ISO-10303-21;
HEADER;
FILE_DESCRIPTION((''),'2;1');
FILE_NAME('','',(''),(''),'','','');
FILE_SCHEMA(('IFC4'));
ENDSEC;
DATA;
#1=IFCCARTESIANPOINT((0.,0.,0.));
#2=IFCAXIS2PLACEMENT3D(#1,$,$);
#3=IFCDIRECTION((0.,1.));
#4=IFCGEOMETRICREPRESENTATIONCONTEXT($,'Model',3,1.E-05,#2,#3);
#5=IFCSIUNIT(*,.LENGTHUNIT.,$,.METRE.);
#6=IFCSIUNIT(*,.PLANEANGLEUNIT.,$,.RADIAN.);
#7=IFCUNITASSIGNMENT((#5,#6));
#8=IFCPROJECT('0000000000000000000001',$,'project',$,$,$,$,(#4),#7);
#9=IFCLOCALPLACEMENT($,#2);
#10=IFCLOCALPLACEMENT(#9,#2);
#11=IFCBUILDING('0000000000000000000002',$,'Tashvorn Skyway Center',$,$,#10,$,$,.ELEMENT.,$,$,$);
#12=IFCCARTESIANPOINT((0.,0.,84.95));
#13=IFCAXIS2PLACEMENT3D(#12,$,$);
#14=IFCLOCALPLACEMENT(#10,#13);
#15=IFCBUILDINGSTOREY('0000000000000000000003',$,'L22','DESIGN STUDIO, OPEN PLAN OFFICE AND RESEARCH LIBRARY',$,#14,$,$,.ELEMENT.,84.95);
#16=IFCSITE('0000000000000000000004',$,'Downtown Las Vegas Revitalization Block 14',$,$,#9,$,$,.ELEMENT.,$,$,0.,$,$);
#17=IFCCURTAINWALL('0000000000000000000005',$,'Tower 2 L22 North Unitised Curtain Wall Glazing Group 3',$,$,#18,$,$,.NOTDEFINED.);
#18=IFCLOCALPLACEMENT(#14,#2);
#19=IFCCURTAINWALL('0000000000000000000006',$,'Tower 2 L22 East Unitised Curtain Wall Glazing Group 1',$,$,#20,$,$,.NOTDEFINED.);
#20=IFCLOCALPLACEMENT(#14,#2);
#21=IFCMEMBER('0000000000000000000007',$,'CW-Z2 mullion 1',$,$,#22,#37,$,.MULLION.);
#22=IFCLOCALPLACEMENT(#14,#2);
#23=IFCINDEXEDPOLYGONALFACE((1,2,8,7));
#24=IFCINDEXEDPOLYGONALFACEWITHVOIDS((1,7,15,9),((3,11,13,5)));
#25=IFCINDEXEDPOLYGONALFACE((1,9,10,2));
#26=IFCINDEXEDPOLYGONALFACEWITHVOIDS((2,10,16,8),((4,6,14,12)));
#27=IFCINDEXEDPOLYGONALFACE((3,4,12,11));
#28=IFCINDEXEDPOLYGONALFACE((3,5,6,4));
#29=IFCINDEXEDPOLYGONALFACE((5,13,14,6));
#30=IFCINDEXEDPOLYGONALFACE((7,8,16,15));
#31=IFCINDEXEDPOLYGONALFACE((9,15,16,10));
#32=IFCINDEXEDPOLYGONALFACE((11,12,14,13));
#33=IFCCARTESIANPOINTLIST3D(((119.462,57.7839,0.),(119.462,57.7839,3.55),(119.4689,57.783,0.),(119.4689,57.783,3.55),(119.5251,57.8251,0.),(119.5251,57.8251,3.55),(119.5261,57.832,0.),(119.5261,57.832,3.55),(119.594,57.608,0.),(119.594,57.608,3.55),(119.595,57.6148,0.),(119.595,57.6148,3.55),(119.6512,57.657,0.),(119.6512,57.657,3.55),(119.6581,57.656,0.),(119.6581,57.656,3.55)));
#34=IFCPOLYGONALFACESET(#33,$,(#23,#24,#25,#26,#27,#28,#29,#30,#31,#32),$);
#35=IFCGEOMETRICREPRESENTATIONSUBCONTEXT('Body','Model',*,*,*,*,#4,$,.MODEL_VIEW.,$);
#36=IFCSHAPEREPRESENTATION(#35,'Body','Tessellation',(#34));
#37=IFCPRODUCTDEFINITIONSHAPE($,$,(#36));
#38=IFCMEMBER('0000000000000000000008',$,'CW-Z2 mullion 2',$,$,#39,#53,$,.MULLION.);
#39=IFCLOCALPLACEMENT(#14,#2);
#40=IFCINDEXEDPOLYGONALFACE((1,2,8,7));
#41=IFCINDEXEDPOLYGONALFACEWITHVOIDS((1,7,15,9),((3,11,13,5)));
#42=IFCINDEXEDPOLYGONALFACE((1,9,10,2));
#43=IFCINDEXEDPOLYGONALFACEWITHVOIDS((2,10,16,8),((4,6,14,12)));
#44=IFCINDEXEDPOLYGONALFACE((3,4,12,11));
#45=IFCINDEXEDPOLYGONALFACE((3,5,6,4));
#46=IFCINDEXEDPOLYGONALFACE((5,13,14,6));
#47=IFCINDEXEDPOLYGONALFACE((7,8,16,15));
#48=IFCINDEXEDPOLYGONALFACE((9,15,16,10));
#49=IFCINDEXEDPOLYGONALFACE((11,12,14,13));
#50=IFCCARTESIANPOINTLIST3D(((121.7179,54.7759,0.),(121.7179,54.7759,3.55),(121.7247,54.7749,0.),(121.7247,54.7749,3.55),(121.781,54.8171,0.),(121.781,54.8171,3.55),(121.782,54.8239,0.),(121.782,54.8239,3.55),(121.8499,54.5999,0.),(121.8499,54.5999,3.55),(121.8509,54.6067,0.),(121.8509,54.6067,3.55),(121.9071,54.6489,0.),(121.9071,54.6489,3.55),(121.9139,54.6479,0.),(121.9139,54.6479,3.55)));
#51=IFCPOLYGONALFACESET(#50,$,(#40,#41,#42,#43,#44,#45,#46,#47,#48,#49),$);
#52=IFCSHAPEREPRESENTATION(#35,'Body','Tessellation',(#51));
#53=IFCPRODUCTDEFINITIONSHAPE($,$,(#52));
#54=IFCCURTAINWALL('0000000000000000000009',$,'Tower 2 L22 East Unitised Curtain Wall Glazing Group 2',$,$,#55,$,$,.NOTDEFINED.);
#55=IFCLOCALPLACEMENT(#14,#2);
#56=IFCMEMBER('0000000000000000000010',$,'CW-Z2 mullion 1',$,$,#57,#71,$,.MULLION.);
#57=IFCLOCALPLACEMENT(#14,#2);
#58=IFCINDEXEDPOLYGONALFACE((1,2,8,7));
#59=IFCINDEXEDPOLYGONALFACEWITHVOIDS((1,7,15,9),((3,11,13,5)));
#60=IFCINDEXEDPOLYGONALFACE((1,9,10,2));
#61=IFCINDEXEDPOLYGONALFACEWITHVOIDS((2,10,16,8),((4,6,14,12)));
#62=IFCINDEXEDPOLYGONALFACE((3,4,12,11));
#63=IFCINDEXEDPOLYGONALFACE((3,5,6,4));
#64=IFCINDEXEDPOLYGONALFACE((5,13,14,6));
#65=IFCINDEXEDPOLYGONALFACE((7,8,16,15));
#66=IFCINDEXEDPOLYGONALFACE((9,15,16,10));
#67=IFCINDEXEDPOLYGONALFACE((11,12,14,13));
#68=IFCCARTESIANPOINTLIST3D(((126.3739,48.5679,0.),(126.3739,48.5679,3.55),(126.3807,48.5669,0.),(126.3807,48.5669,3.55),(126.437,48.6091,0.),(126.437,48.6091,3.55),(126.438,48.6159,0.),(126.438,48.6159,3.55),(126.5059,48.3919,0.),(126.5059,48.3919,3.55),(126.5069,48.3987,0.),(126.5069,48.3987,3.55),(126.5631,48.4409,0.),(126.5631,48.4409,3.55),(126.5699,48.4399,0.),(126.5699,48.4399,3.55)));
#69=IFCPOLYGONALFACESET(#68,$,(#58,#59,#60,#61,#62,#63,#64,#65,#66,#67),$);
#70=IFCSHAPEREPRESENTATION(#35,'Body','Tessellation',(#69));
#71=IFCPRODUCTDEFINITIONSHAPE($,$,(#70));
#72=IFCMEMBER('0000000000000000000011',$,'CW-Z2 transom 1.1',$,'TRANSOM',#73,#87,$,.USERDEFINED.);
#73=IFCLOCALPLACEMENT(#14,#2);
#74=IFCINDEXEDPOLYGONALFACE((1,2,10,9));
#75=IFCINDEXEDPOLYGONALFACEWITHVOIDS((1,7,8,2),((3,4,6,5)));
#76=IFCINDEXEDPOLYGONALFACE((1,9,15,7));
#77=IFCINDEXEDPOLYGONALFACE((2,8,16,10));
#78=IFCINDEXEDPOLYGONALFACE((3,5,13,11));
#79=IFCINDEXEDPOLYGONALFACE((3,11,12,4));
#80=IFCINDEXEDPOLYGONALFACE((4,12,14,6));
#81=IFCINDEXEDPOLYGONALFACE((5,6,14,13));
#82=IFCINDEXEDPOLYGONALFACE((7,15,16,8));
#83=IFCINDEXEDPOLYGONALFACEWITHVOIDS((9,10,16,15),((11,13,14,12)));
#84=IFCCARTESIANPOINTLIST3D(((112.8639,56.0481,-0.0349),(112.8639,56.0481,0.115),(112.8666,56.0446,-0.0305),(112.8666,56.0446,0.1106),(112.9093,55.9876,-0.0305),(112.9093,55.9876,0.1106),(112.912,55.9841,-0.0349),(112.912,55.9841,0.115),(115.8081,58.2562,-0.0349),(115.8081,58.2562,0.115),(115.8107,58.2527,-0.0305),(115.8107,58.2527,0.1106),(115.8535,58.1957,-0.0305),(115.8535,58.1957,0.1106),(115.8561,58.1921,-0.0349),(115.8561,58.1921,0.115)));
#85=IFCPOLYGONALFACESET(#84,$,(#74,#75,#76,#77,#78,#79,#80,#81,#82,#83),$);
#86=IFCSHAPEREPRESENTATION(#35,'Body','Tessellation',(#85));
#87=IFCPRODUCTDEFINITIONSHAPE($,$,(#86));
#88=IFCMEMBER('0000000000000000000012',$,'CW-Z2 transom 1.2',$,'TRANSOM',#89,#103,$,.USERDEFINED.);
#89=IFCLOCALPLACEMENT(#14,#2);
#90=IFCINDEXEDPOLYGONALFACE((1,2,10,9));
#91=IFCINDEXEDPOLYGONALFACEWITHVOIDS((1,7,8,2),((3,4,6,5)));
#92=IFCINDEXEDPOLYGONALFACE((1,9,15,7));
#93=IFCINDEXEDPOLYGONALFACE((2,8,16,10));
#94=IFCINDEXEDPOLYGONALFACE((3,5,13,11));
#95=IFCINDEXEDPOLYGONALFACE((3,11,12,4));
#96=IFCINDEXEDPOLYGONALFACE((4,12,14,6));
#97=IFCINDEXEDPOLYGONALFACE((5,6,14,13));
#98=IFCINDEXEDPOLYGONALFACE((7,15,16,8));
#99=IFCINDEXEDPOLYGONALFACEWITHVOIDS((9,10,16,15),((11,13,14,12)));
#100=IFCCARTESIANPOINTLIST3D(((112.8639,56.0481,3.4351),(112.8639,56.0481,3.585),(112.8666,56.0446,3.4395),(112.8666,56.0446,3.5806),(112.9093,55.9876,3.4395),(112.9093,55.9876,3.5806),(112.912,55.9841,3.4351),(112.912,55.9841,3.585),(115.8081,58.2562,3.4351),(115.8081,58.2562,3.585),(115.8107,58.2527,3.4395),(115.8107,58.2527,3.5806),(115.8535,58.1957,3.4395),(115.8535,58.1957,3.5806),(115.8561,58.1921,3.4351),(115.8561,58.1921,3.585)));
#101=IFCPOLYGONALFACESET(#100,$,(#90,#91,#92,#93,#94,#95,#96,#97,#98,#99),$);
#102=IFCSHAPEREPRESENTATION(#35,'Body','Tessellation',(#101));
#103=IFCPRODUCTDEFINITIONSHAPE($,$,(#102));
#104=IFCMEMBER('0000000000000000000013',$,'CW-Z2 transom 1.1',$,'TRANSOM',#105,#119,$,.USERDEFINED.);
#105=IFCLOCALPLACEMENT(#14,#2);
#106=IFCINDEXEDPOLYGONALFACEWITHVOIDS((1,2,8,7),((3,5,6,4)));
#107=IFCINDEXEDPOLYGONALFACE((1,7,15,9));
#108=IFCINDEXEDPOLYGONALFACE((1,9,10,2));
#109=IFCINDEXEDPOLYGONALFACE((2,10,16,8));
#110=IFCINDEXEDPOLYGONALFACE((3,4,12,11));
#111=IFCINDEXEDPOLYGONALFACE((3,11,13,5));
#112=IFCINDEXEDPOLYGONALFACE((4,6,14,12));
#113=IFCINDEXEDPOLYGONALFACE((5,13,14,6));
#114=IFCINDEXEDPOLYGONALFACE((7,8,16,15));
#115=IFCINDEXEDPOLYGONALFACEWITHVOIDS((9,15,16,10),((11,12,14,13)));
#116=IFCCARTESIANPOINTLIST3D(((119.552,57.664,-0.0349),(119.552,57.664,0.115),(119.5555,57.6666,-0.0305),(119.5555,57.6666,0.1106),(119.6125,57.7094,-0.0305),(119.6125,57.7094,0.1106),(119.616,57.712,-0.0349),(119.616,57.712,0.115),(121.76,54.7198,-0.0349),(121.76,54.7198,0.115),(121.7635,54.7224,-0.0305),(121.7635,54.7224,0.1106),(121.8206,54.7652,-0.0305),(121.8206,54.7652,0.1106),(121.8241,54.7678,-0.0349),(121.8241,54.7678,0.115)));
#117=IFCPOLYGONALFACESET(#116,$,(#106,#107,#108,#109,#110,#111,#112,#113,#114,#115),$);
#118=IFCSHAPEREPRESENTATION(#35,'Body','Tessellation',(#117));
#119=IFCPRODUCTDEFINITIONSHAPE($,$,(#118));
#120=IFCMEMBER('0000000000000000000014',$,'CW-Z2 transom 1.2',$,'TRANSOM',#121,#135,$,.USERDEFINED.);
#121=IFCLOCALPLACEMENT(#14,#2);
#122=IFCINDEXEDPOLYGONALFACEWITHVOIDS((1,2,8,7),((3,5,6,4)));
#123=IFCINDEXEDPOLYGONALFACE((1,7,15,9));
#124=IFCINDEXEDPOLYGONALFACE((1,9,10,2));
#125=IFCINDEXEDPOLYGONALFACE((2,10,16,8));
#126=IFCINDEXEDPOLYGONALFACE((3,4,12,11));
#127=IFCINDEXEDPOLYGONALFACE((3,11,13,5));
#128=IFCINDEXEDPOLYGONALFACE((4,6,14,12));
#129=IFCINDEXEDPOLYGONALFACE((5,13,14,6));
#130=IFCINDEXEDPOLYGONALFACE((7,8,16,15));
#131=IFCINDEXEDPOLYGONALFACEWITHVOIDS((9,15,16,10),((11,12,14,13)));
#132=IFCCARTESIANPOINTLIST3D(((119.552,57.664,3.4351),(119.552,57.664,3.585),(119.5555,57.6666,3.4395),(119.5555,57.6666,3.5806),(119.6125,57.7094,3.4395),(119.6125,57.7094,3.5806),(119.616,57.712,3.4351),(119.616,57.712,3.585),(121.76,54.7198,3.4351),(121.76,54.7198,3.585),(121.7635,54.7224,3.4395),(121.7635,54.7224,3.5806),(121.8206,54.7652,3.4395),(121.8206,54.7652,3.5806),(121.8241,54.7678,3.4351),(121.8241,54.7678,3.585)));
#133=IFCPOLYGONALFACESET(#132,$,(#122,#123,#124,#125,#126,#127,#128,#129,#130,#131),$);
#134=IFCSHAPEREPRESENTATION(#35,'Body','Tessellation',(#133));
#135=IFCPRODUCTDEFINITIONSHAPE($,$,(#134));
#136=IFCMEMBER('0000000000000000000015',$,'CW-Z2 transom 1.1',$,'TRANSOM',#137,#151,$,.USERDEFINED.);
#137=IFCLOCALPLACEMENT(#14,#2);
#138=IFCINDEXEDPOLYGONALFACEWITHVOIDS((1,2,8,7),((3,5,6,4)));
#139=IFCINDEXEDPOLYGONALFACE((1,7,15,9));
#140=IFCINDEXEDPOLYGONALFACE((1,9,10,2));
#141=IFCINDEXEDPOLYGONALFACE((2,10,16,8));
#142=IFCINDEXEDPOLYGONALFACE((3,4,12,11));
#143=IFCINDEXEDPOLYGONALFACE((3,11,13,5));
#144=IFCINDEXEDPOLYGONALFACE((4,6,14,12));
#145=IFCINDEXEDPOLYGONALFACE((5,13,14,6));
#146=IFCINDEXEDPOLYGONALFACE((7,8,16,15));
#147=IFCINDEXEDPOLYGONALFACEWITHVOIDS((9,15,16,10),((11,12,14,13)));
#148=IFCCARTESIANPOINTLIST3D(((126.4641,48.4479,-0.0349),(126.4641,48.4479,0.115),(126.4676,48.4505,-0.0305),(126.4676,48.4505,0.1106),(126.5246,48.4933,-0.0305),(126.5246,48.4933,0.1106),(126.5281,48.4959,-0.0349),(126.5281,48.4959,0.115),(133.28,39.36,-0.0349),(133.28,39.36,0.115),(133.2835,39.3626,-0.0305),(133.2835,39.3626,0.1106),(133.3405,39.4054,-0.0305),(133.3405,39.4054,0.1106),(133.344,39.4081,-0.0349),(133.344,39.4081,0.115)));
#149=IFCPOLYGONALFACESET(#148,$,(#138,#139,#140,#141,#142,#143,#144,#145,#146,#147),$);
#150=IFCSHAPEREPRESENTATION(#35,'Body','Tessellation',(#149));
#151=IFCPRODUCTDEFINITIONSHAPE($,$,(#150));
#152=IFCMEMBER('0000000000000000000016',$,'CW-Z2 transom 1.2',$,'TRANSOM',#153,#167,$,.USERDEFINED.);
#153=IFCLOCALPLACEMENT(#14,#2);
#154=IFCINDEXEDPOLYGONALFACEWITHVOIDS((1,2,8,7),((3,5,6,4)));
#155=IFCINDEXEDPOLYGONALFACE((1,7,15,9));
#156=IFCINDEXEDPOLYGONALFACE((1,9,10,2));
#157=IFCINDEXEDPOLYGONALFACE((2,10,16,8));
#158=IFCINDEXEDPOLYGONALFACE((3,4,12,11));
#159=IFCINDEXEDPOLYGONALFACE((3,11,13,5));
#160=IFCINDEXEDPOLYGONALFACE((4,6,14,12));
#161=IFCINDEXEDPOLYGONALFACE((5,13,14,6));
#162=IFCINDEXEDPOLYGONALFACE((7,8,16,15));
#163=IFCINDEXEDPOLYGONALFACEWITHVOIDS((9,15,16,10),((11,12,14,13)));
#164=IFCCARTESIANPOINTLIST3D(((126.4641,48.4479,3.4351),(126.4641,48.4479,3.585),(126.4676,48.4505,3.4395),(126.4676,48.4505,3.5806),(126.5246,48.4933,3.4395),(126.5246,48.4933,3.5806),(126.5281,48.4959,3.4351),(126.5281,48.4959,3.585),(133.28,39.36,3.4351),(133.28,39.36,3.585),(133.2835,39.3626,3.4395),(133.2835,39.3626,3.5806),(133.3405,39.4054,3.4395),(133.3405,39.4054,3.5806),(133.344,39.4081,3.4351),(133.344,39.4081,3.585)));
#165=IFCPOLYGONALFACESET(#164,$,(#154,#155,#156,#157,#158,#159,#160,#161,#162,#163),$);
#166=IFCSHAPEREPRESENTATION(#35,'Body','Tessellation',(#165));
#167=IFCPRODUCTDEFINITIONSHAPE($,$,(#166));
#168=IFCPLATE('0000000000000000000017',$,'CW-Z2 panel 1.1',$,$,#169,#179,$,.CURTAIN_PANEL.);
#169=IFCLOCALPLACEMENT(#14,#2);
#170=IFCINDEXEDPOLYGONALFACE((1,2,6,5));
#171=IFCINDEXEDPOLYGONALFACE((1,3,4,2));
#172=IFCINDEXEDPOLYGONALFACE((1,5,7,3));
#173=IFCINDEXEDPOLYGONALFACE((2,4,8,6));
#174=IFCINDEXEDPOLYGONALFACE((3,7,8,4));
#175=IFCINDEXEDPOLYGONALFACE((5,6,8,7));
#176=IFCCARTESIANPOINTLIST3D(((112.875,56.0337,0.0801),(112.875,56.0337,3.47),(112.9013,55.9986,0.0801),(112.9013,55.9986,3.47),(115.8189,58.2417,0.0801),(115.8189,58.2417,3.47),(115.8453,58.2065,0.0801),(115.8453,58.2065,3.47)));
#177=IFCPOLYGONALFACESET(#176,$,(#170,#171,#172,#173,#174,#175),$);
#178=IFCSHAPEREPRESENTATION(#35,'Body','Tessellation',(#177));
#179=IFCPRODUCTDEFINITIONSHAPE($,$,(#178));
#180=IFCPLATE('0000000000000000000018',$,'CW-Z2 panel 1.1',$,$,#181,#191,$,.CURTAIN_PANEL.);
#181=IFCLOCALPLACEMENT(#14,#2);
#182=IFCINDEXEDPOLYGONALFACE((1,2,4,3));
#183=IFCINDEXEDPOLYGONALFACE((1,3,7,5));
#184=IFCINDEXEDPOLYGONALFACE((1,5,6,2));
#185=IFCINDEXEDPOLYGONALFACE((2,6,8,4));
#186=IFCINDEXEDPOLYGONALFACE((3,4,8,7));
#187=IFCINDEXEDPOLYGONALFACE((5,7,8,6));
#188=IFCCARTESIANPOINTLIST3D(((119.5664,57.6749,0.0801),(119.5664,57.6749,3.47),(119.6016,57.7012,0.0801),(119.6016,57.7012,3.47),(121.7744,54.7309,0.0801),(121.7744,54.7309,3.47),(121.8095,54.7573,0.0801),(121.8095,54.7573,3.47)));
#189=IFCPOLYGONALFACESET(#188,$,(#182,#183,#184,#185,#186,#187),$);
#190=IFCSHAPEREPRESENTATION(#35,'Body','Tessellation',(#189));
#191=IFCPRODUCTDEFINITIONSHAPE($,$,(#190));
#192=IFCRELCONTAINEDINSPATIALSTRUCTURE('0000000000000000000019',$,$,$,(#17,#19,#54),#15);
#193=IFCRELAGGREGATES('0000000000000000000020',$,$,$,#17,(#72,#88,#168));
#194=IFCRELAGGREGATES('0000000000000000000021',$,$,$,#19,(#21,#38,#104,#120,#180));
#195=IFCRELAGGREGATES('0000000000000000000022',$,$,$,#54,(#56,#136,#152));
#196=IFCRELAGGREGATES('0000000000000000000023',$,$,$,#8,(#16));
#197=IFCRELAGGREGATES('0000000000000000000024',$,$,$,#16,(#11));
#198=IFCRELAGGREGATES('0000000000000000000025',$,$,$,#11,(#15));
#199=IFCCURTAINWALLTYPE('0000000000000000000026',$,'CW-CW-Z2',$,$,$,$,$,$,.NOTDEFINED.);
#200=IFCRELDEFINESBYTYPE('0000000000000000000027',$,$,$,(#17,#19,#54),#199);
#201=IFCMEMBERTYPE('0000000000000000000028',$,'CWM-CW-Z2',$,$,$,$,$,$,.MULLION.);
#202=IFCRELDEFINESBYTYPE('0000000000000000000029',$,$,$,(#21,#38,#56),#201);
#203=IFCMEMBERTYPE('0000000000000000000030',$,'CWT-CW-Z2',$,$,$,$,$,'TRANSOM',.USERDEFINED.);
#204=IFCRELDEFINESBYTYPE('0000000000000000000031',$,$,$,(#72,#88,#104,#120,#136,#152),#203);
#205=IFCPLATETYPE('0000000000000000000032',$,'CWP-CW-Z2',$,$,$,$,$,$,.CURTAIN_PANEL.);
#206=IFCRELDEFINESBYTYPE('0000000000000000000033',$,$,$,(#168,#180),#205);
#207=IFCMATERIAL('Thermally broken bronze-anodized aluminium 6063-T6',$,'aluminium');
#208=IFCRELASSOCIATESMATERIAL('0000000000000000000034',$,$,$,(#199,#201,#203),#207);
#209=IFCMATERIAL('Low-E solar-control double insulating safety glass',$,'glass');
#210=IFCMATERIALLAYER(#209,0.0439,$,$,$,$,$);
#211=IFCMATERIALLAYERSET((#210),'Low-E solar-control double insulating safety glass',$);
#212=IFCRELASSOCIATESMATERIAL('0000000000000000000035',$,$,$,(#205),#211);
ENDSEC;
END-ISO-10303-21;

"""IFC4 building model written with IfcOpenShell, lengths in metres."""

from ifc_helpers import new_model, si_unit, direction, frame, origin, origin_2d, place, context, subcontext, project, spatial, rectangle, hollow_rectangle, extrude, material, layer, layer_set, material_profile, profile_set, type_object, element, aggregate, save


model = new_model("IFC4")

# Units and contexts
model_context = context("Model", 3, precision=1e-05, world=origin(), true_north=direction((0.0, 1.0)))
body_context = subcontext(model_context, "Body", "Model", "MODEL_VIEW")
ifc_project = project(units=[si_unit("LENGTHUNIT", "METRE"), si_unit("PLANEANGLEUNIT", "RADIAN")], contexts=[model_context])

# Site, building, storey
site_placement = place(None, origin())
site = spatial("IfcSite", under=ifc_project, at=site_placement, Name="Downtown Las Vegas Revitalization Block 14", CompositionType="ELEMENT", RefElevation=0.0)
building_placement = place(site_placement, origin())
building = spatial("IfcBuilding", under=site, at=building_placement, Name="Tashvorn Skyway Center", CompositionType="ELEMENT")
storey_placement = place(building_placement, frame((0.0, 0.0, 84.95)))
storey = spatial("IfcBuildingStorey", under=building, at=storey_placement, Name="L22", Description="DESIGN STUDIO, OPEN PLAN OFFICE AND RESEARCH LIBRARY", CompositionType="ELEMENT", Elevation=84.95)

# Curtain walls, members
ifc_material_1 = material(Name="Thermally broken bronze-anodized aluminium 6063-T6", Category="aluminium")
curtain_wall_type = type_object("IfcCurtainWallType", Name="CW-CW-Z2", PredefinedType="NOTDEFINED", material=ifc_material_1)
curtain_wall_1_placement = place(storey_placement, origin())
curtain_wall_1 = element("IfcCurtainWall", 1, at=curtain_wall_1_placement, inside=storey, type_object=curtain_wall_type, Name="Tower 2 L22 North Unitised Curtain Wall Glazing Group 3", PredefinedType="NOTDEFINED")
ifc_material_profile_1 = material_profile(ifc_material_1, hollow_rectangle(XDim=0.0801, YDim=0.22, WallThickness=0.0049, at=origin_2d()), Name="ALU-MULL-80x220")
ifc_profile_set_1 = profile_set([ifc_material_profile_1], Name="Thermally broken bronze-anodized aluminium 6063-T6")
member_type_1 = type_object("IfcMemberType", Name="CWM-CW-Z2", PredefinedType="MULLION", material=ifc_profile_set_1)
curtain_wall_2_placement = place(storey_placement, origin())
curtain_wall_2 = element("IfcCurtainWall", 2, at=curtain_wall_2_placement, inside=storey, type_object=curtain_wall_type, Name="Tower 2 L22 East Unitised Curtain Wall Glazing Group 1", PredefinedType="NOTDEFINED")
member_1_placement = place(storey_placement, frame((119.5601, 57.72, 0.0), z_axis=(0.0, 0.0, 1.0), x_axis=(0.8, 0.6, 0.0)))
member_1 = element("IfcMember", 3, at=member_1_placement, type_object=member_type_1, Name="CW-Z2 mullion 1", PredefinedType="MULLION", context=body_context, shape_type="SweptSolid", body=[
    extrude(hollow_rectangle(XDim=0.0801, YDim=0.22, WallThickness=0.0049, at=origin_2d()), origin(), (0.0, 0.0, 1.0), 3.55),
])
member_2_placement = place(storey_placement, frame((121.8159, 54.7119, 0.0), z_axis=(0.0, 0.0, 1.0), x_axis=(0.8, 0.6, 0.0)))
member_2 = element("IfcMember", 4, at=member_2_placement, type_object=member_type_1, Name="CW-Z2 mullion 2", PredefinedType="MULLION", context=body_context, shape_type="SweptSolid", body=[
    extrude(hollow_rectangle(XDim=0.0801, YDim=0.22, WallThickness=0.0049, at=origin_2d()), origin(), (0.0, 0.0, 1.0), 3.55),
])

# Curtain wall, member
curtain_wall_3_placement = place(storey_placement, origin())
curtain_wall_3 = element("IfcCurtainWall", 5, at=curtain_wall_3_placement, inside=storey, type_object=curtain_wall_type, Name="Tower 2 L22 East Unitised Curtain Wall Glazing Group 2", PredefinedType="NOTDEFINED")
member_3_placement = place(storey_placement, frame((126.4719, 48.5039, 0.0), z_axis=(0.0, 0.0, 1.0), x_axis=(0.8, 0.6, 0.0)))
member_3 = element("IfcMember", 6, at=member_3_placement, type_object=member_type_1, Name="CW-Z2 mullion 1", PredefinedType="MULLION", context=body_context, shape_type="SweptSolid", body=[
    extrude(hollow_rectangle(XDim=0.0801, YDim=0.22, WallThickness=0.0049, at=origin_2d()), origin(), (0.0, 0.0, 1.0), 3.55),
])

# Members
ifc_material_profile_2 = material_profile(ifc_material_1, hollow_rectangle(XDim=0.0801, YDim=0.1499, WallThickness=0.0044, at=origin_2d()), Name="ALU-TRAN-80x150")
ifc_profile_set_2 = profile_set([ifc_material_profile_2], Name="Thermally broken bronze-anodized aluminium 6063-T6")
member_type_2 = type_object("IfcMemberType", Name="CWT-CW-Z2", ElementType="TRANSOM", PredefinedType="USERDEFINED", material=ifc_profile_set_2)
member_4_placement = place(storey_placement, frame((112.8879, 56.0161, 0.04), z_axis=(0.800008, 0.599989, 0.0), x_axis=(-0.599989, 0.800008, 0.0)))
member_4 = element("IfcMember", 7, at=member_4_placement, type_object=member_type_2, Name="CW-Z2 transom 1.1", ObjectType="TRANSOM", PredefinedType="USERDEFINED", context=body_context, shape_type="SweptSolid", body=[
    extrude(hollow_rectangle(XDim=0.0801, YDim=0.1499, WallThickness=0.0044, at=origin_2d()), origin(), (0.0, 0.0, 1.0), 3.6802),
])
member_5_placement = place(storey_placement, frame((112.8879, 56.0161, 3.51), z_axis=(0.800008, 0.599989, 0.0), x_axis=(-0.599989, 0.800008, 0.0)))
member_5 = element("IfcMember", 8, at=member_5_placement, type_object=member_type_2, Name="CW-Z2 transom 1.2", ObjectType="TRANSOM", PredefinedType="USERDEFINED", context=body_context, shape_type="SweptSolid", body=[
    extrude(hollow_rectangle(XDim=0.0801, YDim=0.1499, WallThickness=0.0044, at=origin_2d()), origin(), (0.0, 0.0, 1.0), 3.6802),
])
member_6_placement = place(storey_placement, frame((119.584, 57.688, 0.04), z_axis=(0.599989, -0.800008, 0.0), x_axis=(0.800008, 0.599989, 0.0)))
member_6 = element("IfcMember", 9, at=member_6_placement, type_object=member_type_2, Name="CW-Z2 transom 1.1", ObjectType="TRANSOM", PredefinedType="USERDEFINED", context=body_context, shape_type="SweptSolid", body=[
    extrude(hollow_rectangle(XDim=0.0801, YDim=0.1499, WallThickness=0.0044, at=origin_2d()), origin(), (0.0, 0.0, 1.0), 3.6802),
])
member_7_placement = place(storey_placement, frame((119.584, 57.688, 3.51), z_axis=(0.599989, -0.800008, 0.0), x_axis=(0.800008, 0.599989, 0.0)))
member_7 = element("IfcMember", 10, at=member_7_placement, type_object=member_type_2, Name="CW-Z2 transom 1.2", ObjectType="TRANSOM", PredefinedType="USERDEFINED", context=body_context, shape_type="SweptSolid", body=[
    extrude(hollow_rectangle(XDim=0.0801, YDim=0.1499, WallThickness=0.0044, at=origin_2d()), origin(), (0.0, 0.0, 1.0), 3.6802),
])
member_8_placement = place(storey_placement, frame((126.4961, 48.4719, 0.04), z_axis=(0.6, -0.8, 0.0), x_axis=(0.8, 0.6, 0.0)))
member_8 = element("IfcMember", 11, at=member_8_placement, type_object=member_type_2, Name="CW-Z2 transom 1.1", ObjectType="TRANSOM", PredefinedType="USERDEFINED", context=body_context, shape_type="SweptSolid", body=[
    extrude(hollow_rectangle(XDim=0.0801, YDim=0.1499, WallThickness=0.0044, at=origin_2d()), origin(), (0.0, 0.0, 1.0), 11.3599),
])
member_9_placement = place(storey_placement, frame((126.4961, 48.4719, 3.51), z_axis=(0.6, -0.8, 0.0), x_axis=(0.8, 0.6, 0.0)))
member_9 = element("IfcMember", 12, at=member_9_placement, type_object=member_type_2, Name="CW-Z2 transom 1.2", ObjectType="TRANSOM", PredefinedType="USERDEFINED", context=body_context, shape_type="SweptSolid", body=[
    extrude(hollow_rectangle(XDim=0.0801, YDim=0.1499, WallThickness=0.0044, at=origin_2d()), origin(), (0.0, 0.0, 1.0), 11.3599),
])

# Plates
ifc_material_2 = material(Name="Low-E solar-control double insulating safety glass", Category="glass")
ifc_layer_1 = layer(ifc_material_2, 0.0439)
ifc_layer_set_1 = layer_set([ifc_layer_1], Name="Low-E solar-control double insulating safety glass")
plate_type = type_object("IfcPlateType", Name="CWP-CW-Z2", PredefinedType="CURTAIN_PANEL", material=ifc_layer_set_1)
plate_1_placement = place(storey_placement, frame((114.3601, 57.1201, 0.0801), z_axis=(0.0, 0.0, 1.0), x_axis=(0.8, 0.6, 0.0)))
plate_1 = element("IfcPlate", 13, at=plate_1_placement, type_object=plate_type, Name="CW-Z2 panel 1.1", PredefinedType="CURTAIN_PANEL", context=body_context, shape_type="SweptSolid", body=[
    extrude(rectangle(XDim=3.6799, YDim=0.0439, at=origin_2d()), origin(), (0.0, 0.0, 1.0), 3.3899),
])
aggregate(curtain_wall_1, [member_4, member_5, plate_1])
plate_2_placement = place(storey_placement, frame((120.688, 56.2161, 0.0801), z_axis=(0.0, 0.0, 1.0), x_axis=(0.6, -0.8, 0.0)))
plate_2 = element("IfcPlate", 14, at=plate_2_placement, type_object=plate_type, Name="CW-Z2 panel 1.1", PredefinedType="CURTAIN_PANEL", context=body_context, shape_type="SweptSolid", body=[
    extrude(rectangle(XDim=3.6799, YDim=0.0439, at=origin_2d()), origin(), (0.0, 0.0, 1.0), 3.3899),
])
aggregate(curtain_wall_2, [member_1, member_2, member_6, member_7, plate_2])
aggregate(curtain_wall_3, [member_3, member_8, member_9])

save(model, "model.ifc")
